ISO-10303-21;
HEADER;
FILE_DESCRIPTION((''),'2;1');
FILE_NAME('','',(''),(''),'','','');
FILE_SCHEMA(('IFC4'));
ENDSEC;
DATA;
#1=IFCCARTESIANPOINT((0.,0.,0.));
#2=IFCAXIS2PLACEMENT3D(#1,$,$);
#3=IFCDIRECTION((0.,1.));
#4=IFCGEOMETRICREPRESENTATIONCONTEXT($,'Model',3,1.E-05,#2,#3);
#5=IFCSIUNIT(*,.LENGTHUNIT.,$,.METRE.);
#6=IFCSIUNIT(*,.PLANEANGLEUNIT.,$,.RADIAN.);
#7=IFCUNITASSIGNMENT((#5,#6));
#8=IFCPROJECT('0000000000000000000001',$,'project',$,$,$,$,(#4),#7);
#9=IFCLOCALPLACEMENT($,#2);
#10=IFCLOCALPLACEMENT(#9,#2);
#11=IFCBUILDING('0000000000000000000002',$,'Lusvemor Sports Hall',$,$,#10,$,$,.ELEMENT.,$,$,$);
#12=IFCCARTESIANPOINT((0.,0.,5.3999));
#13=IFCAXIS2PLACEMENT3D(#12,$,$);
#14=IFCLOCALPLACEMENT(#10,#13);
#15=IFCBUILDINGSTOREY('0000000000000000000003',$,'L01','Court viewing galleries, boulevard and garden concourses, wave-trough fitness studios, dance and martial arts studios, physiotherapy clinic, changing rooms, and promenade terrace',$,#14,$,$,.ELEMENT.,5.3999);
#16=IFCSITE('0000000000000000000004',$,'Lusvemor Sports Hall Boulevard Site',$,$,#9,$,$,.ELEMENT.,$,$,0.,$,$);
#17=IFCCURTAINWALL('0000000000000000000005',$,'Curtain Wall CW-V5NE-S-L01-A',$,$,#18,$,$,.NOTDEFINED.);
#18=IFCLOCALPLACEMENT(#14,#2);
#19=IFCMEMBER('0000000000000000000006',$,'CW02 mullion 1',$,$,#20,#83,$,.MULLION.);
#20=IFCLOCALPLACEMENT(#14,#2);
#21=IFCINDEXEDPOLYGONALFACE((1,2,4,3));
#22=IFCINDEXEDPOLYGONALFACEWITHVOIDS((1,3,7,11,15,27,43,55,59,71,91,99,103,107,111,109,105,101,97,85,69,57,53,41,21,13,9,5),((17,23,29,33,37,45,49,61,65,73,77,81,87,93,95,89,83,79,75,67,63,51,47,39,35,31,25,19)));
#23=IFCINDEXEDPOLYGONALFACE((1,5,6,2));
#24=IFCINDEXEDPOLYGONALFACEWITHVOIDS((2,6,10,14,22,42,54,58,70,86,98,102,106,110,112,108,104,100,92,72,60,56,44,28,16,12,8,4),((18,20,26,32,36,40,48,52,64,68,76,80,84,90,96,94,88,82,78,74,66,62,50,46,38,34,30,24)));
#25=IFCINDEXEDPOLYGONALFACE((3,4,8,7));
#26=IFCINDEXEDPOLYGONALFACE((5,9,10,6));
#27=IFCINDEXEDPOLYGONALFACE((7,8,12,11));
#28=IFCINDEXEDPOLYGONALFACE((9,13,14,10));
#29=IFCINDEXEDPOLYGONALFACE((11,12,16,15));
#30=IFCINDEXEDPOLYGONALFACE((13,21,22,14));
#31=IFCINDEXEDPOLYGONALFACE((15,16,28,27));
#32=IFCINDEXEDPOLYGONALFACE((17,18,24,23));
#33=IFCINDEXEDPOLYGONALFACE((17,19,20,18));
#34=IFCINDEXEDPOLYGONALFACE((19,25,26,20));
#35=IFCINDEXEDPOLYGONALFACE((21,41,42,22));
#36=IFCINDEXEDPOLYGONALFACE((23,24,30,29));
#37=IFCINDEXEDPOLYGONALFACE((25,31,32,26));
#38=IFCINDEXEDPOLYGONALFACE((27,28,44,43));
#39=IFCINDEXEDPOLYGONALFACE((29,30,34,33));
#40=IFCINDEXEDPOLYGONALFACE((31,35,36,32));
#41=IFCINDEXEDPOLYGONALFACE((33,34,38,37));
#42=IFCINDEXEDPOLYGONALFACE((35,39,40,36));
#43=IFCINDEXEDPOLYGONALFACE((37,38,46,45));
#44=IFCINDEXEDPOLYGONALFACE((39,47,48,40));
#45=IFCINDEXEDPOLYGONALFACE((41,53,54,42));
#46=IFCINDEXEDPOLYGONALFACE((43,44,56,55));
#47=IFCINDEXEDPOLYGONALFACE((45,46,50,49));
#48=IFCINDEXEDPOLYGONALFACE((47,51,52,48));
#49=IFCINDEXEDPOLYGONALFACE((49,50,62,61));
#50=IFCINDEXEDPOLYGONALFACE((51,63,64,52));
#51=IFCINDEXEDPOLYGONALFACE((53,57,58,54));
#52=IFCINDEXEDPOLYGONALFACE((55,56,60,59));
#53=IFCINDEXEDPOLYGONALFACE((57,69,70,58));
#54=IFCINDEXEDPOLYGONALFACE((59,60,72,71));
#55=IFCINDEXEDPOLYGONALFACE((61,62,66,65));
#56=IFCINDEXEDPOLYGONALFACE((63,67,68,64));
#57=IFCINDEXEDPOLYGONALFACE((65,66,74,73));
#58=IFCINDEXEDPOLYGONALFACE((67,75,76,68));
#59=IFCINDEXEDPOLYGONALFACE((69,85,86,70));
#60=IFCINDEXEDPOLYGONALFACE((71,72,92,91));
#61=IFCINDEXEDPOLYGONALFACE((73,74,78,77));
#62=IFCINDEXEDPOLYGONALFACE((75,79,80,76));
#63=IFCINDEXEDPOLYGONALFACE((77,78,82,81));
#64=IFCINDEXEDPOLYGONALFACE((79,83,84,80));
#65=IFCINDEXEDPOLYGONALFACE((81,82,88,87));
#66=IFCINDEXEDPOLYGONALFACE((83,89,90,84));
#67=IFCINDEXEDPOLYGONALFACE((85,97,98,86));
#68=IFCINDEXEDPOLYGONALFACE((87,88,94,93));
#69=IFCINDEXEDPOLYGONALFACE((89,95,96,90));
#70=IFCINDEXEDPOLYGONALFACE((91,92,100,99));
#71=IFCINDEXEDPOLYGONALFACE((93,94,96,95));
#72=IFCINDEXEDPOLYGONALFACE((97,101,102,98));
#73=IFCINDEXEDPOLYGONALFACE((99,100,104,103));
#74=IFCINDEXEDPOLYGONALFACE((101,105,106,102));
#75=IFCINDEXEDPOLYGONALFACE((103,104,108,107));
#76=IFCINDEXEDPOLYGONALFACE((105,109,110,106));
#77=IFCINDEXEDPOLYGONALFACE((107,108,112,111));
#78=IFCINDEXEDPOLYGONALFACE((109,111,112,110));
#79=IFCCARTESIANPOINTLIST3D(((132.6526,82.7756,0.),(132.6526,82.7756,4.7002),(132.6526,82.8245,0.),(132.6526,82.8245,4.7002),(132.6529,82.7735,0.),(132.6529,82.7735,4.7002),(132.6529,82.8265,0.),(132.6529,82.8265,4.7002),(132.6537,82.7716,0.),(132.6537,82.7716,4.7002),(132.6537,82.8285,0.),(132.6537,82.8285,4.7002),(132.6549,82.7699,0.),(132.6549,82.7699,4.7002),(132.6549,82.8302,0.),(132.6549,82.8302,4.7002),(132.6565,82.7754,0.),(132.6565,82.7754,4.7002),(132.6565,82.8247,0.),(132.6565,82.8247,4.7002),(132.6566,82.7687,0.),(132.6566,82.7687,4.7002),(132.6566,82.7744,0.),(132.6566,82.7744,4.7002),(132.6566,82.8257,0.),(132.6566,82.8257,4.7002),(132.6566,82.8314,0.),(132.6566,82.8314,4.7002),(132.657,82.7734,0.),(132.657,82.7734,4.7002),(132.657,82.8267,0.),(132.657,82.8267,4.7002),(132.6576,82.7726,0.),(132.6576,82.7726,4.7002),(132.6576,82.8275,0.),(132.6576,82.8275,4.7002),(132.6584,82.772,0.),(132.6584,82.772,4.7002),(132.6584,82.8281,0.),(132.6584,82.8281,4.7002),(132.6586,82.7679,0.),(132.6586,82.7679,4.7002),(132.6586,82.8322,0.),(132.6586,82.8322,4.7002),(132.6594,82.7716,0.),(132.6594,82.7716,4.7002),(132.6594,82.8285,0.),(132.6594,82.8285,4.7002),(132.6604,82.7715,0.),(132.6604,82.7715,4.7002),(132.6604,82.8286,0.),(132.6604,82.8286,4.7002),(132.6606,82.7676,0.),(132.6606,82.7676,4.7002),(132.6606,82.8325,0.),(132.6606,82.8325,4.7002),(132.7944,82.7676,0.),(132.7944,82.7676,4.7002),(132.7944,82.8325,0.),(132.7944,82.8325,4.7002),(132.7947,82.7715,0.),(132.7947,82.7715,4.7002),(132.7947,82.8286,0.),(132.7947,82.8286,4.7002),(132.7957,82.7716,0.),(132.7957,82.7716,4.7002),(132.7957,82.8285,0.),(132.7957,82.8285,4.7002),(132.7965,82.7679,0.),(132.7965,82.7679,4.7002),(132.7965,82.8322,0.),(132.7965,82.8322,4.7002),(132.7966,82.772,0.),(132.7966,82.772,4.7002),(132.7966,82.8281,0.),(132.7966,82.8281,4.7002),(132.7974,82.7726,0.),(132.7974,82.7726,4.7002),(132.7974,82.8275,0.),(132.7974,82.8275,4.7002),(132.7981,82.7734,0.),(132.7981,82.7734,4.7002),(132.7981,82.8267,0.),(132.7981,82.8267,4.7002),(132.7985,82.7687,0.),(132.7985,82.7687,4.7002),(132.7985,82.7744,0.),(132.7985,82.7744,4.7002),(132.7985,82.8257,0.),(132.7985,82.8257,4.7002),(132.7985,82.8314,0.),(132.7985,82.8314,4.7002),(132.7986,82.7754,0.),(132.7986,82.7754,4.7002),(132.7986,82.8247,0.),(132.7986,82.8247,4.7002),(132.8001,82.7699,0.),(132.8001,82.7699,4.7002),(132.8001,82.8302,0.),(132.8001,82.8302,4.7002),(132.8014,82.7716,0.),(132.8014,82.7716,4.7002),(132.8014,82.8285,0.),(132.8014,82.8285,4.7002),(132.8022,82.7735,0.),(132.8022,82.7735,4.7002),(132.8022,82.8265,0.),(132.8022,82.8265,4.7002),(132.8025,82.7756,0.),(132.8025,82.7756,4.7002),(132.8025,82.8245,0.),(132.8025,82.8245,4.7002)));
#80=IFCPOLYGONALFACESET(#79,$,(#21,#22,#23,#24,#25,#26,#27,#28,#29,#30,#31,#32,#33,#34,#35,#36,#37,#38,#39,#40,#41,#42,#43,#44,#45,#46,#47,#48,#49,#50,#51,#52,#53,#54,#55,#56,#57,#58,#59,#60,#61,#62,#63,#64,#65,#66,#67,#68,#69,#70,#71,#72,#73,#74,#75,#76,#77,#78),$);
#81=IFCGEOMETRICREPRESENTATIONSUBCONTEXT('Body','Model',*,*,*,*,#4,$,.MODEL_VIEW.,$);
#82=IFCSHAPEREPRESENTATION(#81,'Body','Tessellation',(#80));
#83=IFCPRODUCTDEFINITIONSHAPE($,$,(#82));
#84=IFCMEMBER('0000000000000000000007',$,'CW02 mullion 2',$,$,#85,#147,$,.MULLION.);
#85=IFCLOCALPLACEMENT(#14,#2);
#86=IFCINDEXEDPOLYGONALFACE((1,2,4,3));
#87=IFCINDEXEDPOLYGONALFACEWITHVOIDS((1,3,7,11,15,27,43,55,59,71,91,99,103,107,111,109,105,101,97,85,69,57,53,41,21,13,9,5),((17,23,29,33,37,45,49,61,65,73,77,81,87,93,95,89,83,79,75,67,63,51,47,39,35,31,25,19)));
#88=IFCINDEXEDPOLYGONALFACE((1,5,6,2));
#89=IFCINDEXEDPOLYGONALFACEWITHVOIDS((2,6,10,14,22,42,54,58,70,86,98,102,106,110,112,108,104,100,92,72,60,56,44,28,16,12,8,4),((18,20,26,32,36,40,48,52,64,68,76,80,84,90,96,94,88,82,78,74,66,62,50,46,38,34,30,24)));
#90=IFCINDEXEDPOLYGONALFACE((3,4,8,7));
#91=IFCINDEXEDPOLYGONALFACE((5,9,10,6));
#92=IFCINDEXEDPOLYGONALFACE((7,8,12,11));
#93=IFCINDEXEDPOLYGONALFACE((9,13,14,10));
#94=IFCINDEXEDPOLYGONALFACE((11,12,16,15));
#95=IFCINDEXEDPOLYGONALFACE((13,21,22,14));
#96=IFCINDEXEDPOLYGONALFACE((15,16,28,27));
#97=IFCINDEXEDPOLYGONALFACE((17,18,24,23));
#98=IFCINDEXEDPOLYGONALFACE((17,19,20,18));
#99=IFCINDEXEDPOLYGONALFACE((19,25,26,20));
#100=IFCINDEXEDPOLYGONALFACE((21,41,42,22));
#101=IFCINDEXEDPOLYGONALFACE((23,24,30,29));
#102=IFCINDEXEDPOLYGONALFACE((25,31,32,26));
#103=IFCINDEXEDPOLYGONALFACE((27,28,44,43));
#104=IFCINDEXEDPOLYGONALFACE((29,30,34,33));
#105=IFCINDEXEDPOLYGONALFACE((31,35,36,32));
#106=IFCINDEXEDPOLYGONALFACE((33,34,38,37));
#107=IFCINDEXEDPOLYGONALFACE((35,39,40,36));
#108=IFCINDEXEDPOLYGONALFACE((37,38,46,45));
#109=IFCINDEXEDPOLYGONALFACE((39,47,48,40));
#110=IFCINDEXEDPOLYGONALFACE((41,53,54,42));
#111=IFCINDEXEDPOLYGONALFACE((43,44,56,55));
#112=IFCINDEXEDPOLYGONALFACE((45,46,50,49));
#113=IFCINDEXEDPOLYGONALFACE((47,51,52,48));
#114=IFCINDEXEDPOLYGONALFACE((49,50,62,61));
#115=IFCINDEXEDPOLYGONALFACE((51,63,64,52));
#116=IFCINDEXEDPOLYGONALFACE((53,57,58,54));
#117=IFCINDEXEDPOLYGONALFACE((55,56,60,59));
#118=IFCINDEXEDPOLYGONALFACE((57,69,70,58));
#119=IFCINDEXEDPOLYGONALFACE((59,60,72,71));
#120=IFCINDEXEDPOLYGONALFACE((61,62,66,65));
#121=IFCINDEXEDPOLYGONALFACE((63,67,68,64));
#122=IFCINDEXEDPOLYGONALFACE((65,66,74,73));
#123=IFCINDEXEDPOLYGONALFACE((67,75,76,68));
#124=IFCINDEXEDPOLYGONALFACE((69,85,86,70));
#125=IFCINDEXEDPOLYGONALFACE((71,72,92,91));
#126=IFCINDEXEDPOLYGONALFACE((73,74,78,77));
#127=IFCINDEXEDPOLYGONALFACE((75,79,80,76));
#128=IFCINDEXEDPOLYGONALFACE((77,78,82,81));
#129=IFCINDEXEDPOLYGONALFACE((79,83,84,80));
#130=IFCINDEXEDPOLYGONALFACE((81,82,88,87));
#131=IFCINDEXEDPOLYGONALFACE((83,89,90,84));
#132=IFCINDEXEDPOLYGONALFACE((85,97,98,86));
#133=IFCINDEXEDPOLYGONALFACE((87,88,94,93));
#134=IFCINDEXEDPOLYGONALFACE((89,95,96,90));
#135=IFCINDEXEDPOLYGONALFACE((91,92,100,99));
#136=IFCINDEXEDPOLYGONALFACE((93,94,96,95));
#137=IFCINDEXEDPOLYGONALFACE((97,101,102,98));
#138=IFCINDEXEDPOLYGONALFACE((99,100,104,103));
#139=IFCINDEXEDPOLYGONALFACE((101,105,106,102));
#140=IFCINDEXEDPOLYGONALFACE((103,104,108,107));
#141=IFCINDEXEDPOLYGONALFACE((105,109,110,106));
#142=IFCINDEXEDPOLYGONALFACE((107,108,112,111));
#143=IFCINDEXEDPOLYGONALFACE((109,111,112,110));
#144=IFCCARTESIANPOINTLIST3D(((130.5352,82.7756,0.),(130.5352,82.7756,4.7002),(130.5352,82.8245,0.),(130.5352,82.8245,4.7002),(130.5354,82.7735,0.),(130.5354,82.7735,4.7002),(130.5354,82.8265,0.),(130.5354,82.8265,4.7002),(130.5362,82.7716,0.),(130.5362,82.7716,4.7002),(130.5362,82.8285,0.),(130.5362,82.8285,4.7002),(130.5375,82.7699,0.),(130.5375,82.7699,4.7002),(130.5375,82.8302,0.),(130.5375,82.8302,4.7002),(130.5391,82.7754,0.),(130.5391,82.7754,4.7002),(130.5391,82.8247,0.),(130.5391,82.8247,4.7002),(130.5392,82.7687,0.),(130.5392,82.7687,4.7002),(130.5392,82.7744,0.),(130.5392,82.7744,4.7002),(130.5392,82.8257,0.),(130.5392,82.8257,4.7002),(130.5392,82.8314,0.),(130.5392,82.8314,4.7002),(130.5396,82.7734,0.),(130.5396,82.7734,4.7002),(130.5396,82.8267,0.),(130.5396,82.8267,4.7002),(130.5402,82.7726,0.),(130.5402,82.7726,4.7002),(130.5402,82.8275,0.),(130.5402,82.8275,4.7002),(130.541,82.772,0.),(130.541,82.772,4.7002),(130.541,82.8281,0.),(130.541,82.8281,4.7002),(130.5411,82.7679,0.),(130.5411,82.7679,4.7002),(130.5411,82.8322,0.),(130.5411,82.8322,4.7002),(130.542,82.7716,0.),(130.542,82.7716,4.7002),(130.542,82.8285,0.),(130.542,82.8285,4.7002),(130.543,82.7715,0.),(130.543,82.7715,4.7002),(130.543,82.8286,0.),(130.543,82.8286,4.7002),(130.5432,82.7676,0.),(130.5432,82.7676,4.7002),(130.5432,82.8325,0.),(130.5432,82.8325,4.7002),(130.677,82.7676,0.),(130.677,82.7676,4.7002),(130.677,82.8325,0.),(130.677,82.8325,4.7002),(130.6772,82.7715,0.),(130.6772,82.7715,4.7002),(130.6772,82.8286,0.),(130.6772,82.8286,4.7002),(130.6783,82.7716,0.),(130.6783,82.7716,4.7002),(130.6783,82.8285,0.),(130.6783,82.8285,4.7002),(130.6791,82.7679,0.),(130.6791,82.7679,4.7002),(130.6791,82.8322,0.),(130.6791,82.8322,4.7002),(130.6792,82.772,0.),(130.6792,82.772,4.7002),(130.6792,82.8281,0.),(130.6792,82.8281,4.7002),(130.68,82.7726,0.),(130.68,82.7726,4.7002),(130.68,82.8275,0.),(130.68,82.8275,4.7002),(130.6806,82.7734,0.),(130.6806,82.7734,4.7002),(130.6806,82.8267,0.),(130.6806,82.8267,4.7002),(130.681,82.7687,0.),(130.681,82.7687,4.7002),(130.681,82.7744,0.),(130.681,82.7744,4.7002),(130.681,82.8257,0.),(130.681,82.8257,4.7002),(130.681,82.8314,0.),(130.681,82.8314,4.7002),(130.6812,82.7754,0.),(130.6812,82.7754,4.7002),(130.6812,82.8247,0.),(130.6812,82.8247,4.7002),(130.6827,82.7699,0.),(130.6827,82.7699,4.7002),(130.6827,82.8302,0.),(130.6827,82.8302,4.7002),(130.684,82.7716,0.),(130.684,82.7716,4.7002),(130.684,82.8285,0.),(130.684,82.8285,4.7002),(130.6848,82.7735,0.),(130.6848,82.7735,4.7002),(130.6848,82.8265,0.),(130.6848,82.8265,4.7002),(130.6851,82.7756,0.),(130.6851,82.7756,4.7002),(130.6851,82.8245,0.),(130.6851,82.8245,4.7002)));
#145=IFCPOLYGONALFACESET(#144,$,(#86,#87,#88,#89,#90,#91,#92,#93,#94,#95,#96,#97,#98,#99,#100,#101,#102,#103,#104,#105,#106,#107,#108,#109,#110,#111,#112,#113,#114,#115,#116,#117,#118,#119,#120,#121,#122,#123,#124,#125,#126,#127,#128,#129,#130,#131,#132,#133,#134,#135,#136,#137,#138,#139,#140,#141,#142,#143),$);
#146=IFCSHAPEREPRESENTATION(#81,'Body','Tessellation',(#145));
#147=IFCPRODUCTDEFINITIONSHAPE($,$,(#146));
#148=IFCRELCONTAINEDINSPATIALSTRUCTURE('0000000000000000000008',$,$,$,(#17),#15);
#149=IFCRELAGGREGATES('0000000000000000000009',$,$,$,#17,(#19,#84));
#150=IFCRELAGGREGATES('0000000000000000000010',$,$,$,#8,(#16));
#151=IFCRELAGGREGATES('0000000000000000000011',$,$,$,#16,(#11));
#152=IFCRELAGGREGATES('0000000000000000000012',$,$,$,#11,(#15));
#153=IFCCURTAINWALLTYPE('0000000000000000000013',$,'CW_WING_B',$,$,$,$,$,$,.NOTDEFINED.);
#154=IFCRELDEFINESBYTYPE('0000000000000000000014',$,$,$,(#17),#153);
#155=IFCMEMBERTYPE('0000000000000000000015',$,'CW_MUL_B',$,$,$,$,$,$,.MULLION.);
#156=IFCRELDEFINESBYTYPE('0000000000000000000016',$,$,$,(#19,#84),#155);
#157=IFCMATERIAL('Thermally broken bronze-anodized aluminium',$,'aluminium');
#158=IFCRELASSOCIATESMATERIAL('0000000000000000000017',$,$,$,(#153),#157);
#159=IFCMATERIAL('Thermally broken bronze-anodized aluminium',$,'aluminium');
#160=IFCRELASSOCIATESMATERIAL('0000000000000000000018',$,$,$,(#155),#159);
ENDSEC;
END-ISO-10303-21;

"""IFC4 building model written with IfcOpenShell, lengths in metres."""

from ifc_helpers import new_model, si_unit, direction, frame, origin, origin_2d, place, context, subcontext, project, spatial, hollow_rectangle, extrude, material, material_profile, profile_set, type_object, element, aggregate, save


model = new_model("IFC4")

# Units and contexts
model_context = context("Model", 3, precision=1e-05, world=origin(), true_north=direction((0.0, 1.0)))
body_context = subcontext(model_context, "Body", "Model", "MODEL_VIEW")
ifc_project = project(units=[si_unit("LENGTHUNIT", "METRE"), si_unit("PLANEANGLEUNIT", "RADIAN")], contexts=[model_context])

# Site, building, storey
site_placement = place(None, origin())
site = spatial("IfcSite", under=ifc_project, at=site_placement, Name="Lusvemor Sports Hall Boulevard Site", CompositionType="ELEMENT", RefElevation=0.0)
building_placement = place(site_placement, origin())
building = spatial("IfcBuilding", under=site, at=building_placement, Name="Lusvemor Sports Hall", CompositionType="ELEMENT")
storey_placement = place(building_placement, frame((0.0, 0.0, 5.3999)))
storey = spatial("IfcBuildingStorey", under=building, at=storey_placement, Name="L01", Description="Court viewing galleries, boulevard and garden concourses, wave-trough fitness studios, dance and martial arts studios, physiotherapy clinic, changing rooms, and promenade terrace", CompositionType="ELEMENT", Elevation=5.3999)

# Shared definitions
ifc_material_1 = material(Name="Thermally broken bronze-anodized aluminium", Category="aluminium")
curtain_wall_type = type_object("IfcCurtainWallType", Name="CW_WING_B", PredefinedType="NOTDEFINED", material=ifc_material_1)
ifc_material_2 = material(Name="Thermally broken bronze-anodized aluminium", Category="aluminium")
ifc_material_profile_1 = material_profile(ifc_material_2, hollow_rectangle(XDim=0.0649, YDim=0.1499, WallThickness=0.0039, InnerFilletRadius=0.0039, OuterFilletRadius=0.0081, at=origin_2d()), Name="CWMUL150x65x4")
ifc_profile_set_1 = profile_set([ifc_material_profile_1], Name="Thermally broken bronze-anodized aluminium")
member_type_1 = type_object("IfcMemberType", Name="CW_MUL_B", PredefinedType="MULLION", material=ifc_profile_set_1)

# Curtain wall, members
curtain_wall_1_placement = place(storey_placement, origin())
curtain_wall_1 = element("IfcCurtainWall", 1, at=curtain_wall_1_placement, inside=storey, type_object=curtain_wall_type, Name="Curtain Wall CW-V5NE-S-L01-A", PredefinedType="NOTDEFINED")
member_1_placement = place(storey_placement, frame((132.7275, 82.8, 0.0), z_axis=(0.0, 0.0, 1.0), x_axis=(0.0, -1.0, 0.0)))
member_1 = element("IfcMember", 2, at=member_1_placement, type_object=member_type_1, Name="CW02 mullion 1", PredefinedType="MULLION", context=body_context, shape_type="SweptSolid", body=[
    extrude(hollow_rectangle(XDim=0.0649, YDim=0.1499, WallThickness=0.0039, InnerFilletRadius=0.0039, OuterFilletRadius=0.0081, at=origin_2d()), origin(), (0.0, 0.0, 1.0), 4.7002),
])
member_2_placement = place(storey_placement, frame((130.6101, 82.8, 0.0), z_axis=(0.0, 0.0, 1.0), x_axis=(0.0, -1.0, 0.0)))
member_2 = element("IfcMember", 3, at=member_2_placement, type_object=member_type_1, Name="CW02 mullion 2", PredefinedType="MULLION", context=body_context, shape_type="SweptSolid", body=[
    extrude(hollow_rectangle(XDim=0.0649, YDim=0.1499, WallThickness=0.0039, InnerFilletRadius=0.0039, OuterFilletRadius=0.0081, at=origin_2d()), origin(), (0.0, 0.0, 1.0), 4.7002),
])

aggregate(curtain_wall_1, [member_1, member_2])

save(model, "model.ifc")
